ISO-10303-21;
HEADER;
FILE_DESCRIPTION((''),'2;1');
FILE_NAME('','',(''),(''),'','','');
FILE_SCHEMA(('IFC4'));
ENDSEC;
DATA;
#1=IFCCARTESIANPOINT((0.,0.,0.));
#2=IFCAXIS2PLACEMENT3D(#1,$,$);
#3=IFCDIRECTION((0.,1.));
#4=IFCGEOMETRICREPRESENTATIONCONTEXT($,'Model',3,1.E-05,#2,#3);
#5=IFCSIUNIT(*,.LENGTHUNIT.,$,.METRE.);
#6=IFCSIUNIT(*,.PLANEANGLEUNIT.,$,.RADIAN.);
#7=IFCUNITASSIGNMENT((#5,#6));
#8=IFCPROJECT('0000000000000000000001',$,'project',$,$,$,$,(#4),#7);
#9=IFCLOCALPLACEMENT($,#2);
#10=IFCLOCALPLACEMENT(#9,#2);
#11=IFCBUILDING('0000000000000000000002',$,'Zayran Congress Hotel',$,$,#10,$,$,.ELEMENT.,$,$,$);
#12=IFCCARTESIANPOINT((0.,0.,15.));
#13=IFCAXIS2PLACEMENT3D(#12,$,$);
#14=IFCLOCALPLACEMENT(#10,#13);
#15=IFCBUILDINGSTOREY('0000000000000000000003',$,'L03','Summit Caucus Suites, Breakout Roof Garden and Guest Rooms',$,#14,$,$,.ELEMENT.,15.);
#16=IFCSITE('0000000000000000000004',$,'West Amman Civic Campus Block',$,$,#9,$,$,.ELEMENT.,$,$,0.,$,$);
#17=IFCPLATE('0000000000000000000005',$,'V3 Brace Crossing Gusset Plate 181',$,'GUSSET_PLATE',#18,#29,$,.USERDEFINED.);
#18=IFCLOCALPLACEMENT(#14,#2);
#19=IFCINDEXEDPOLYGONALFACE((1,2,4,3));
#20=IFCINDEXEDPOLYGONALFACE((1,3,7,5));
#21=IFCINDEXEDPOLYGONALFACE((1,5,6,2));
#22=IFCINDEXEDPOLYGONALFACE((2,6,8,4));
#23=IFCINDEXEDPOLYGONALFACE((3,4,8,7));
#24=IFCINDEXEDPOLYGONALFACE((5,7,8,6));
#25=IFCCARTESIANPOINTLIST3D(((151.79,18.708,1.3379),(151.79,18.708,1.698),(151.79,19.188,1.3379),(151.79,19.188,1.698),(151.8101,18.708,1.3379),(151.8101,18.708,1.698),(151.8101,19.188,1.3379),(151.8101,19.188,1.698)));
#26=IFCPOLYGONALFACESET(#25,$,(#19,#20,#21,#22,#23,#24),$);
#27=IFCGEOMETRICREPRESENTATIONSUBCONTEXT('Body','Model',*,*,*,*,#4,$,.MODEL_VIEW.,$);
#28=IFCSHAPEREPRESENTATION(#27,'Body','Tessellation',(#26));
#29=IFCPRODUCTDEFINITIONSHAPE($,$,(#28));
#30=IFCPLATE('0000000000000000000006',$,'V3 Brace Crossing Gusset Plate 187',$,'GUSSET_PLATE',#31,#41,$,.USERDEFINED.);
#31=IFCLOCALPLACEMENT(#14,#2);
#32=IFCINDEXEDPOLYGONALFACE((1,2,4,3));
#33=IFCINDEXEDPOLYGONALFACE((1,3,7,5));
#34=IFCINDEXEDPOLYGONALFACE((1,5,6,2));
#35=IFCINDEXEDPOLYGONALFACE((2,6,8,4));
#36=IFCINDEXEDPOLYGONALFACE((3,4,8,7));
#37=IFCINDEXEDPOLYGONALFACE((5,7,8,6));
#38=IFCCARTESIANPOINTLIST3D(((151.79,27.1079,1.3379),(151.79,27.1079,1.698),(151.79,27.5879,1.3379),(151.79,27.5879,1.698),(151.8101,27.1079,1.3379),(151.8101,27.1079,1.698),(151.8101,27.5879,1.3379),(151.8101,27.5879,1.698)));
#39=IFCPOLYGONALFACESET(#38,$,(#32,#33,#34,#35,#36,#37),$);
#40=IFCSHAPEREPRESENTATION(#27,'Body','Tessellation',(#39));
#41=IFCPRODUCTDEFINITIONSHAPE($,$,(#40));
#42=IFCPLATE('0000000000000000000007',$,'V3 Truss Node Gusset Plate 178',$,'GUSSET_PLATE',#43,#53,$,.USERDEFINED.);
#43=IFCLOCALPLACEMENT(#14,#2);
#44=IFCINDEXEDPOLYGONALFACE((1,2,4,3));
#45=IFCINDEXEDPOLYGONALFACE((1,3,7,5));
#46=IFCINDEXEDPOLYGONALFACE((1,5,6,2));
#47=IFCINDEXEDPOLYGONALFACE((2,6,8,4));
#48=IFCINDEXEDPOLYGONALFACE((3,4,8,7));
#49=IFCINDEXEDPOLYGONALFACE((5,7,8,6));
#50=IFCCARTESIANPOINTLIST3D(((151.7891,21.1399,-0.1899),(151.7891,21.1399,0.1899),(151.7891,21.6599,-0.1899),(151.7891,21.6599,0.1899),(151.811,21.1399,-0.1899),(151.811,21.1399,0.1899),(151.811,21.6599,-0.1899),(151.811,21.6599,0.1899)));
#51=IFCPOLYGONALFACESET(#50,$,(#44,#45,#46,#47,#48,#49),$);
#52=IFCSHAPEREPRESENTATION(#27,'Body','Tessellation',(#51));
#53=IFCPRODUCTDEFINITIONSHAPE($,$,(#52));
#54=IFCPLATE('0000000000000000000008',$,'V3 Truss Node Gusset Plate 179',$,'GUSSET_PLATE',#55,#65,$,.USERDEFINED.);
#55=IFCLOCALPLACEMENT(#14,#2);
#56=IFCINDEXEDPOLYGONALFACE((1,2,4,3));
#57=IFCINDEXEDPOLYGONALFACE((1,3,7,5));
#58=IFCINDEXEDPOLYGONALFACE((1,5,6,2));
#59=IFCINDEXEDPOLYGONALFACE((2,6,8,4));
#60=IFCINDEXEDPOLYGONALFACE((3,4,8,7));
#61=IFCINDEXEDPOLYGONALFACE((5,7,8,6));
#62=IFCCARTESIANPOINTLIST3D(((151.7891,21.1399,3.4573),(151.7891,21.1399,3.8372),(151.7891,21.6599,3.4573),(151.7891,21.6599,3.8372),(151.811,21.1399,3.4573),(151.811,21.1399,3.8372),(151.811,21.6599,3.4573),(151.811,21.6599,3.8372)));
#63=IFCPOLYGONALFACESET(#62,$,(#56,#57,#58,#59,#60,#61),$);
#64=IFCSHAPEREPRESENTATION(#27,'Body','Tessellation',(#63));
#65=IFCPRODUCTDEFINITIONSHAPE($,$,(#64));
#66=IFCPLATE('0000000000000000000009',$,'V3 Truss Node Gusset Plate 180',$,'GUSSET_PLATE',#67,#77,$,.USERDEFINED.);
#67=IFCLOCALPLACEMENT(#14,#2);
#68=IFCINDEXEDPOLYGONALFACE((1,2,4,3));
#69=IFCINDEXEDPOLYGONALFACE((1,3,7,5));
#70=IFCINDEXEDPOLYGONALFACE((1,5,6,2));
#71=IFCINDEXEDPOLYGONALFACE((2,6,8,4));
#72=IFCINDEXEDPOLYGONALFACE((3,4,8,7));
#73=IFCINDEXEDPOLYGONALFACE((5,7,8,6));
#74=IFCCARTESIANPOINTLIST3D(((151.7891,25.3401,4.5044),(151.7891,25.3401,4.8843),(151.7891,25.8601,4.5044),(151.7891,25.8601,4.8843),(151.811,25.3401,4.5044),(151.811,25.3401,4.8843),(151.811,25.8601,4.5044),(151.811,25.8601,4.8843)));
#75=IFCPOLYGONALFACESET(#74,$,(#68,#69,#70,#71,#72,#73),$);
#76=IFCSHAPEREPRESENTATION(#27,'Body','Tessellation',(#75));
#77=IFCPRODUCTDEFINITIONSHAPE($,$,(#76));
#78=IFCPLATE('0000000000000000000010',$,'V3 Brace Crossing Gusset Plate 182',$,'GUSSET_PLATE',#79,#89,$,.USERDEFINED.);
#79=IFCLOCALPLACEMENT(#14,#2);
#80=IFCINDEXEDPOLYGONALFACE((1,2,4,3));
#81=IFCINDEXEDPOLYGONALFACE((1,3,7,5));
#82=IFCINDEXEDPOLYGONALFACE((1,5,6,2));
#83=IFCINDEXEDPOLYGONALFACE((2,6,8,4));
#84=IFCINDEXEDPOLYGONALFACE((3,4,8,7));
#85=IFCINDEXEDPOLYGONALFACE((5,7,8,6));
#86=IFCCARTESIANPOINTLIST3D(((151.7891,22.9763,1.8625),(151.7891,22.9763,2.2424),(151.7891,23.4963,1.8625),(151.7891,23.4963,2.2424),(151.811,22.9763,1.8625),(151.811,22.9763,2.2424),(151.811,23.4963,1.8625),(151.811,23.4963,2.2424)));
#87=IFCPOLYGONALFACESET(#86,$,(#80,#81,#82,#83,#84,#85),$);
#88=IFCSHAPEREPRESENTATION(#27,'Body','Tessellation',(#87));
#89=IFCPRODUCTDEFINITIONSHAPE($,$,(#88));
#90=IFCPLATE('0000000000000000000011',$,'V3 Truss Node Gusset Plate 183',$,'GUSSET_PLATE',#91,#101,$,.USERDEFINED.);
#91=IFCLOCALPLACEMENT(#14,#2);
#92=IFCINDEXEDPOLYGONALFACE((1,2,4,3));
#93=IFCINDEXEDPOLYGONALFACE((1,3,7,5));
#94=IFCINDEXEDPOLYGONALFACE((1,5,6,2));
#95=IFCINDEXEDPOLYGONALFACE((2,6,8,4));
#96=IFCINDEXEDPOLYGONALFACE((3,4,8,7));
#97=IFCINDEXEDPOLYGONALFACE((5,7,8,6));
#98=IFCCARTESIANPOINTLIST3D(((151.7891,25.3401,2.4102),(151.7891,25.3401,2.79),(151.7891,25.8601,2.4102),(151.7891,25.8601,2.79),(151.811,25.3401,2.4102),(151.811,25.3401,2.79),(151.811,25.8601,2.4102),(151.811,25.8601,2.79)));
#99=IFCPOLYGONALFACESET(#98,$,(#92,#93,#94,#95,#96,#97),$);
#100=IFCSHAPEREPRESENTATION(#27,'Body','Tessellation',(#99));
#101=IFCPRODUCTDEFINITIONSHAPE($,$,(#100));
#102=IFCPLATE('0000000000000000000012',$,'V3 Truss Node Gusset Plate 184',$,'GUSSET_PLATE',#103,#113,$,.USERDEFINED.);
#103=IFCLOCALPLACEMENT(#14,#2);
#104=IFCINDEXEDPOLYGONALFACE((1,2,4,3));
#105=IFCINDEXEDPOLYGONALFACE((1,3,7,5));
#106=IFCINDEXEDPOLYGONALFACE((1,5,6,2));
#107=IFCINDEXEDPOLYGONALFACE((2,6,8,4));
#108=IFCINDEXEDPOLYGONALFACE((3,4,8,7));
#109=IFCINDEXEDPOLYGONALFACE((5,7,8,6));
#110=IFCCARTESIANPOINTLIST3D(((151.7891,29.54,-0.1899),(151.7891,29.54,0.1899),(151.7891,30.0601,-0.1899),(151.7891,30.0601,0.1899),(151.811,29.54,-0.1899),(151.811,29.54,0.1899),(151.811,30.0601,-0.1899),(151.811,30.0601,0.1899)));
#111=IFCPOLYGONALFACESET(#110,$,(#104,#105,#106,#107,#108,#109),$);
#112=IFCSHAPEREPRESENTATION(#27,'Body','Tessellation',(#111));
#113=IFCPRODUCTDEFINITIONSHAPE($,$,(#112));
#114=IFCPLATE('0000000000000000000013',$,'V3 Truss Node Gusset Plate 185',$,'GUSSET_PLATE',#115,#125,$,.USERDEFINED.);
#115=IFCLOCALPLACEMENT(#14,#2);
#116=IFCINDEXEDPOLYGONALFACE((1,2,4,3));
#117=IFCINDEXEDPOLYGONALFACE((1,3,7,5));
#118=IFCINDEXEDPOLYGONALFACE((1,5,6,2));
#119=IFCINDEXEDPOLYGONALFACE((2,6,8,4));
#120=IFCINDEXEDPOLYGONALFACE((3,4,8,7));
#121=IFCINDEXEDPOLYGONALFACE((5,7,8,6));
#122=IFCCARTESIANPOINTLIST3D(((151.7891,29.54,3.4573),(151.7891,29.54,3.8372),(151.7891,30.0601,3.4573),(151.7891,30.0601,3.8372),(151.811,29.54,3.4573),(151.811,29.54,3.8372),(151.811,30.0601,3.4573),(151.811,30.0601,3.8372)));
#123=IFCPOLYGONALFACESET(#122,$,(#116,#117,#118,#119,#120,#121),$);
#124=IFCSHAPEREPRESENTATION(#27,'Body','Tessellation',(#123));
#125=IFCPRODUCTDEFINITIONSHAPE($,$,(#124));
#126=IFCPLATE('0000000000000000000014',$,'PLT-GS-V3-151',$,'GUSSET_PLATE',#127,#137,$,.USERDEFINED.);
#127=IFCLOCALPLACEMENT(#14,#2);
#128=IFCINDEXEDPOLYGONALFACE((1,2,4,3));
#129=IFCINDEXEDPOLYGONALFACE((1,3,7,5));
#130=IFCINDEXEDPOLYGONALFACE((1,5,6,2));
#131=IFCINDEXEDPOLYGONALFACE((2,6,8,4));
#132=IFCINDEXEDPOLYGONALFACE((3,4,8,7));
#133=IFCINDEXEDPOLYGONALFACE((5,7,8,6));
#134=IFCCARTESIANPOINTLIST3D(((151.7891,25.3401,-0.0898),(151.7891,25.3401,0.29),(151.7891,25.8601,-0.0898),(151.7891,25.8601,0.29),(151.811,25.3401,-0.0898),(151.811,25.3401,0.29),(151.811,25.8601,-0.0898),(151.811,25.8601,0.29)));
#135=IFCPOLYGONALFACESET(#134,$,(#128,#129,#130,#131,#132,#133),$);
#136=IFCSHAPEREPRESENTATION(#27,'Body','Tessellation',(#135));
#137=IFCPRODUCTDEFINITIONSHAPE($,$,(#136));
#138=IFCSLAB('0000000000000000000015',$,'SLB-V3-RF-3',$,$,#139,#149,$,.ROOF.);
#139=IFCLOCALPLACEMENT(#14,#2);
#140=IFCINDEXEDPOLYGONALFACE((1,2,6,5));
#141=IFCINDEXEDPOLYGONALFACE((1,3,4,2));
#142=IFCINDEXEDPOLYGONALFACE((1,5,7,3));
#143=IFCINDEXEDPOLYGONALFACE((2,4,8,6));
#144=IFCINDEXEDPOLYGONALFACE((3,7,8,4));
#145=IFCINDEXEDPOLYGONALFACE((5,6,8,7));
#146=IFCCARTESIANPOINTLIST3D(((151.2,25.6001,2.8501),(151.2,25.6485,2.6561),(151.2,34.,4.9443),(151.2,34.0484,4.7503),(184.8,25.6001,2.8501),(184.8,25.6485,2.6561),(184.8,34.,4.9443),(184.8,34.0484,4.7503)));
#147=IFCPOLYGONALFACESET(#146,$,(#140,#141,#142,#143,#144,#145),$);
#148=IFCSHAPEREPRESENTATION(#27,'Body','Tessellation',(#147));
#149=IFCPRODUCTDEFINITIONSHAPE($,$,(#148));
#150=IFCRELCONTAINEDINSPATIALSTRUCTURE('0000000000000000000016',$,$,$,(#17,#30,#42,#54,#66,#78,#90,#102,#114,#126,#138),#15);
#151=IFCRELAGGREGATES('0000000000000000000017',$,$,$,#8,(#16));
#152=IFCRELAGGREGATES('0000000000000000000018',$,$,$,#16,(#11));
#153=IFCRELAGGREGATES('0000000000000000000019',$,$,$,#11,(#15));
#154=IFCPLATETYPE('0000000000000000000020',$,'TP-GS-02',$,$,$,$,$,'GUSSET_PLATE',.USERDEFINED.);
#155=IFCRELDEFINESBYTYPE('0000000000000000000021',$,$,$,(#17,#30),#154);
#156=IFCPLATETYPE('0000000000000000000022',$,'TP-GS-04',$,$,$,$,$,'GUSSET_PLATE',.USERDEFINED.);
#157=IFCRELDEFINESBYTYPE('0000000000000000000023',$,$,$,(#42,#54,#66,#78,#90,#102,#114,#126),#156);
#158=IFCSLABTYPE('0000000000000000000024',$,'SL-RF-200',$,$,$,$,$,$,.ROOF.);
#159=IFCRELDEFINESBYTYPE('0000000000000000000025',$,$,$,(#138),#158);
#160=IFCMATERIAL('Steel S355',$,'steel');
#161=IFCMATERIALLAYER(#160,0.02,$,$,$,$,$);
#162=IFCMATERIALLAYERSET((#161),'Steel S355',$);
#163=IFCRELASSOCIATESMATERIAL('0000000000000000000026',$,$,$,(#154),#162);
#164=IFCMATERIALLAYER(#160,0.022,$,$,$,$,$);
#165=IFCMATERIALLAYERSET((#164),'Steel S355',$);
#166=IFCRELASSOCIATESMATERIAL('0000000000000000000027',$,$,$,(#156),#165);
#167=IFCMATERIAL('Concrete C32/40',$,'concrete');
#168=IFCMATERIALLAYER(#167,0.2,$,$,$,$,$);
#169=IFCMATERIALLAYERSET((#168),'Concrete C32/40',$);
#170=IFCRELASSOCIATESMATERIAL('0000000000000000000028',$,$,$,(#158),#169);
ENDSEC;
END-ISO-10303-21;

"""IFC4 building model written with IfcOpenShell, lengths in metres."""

from ifc_helpers import new_model, si_unit, direction, frame, origin, origin_2d, place, context, subcontext, project, spatial, polyline, rectangle, outline, extrude, material, layer, layer_set, type_object, element, save


model = new_model("IFC4")

# Units and contexts
model_context = context("Model", 3, precision=1e-05, world=origin(), true_north=direction((0.0, 1.0)))
body_context = subcontext(model_context, "Body", "Model", "MODEL_VIEW")
ifc_project = project(units=[si_unit("LENGTHUNIT", "METRE"), si_unit("PLANEANGLEUNIT", "RADIAN")], contexts=[model_context])

# Site, building, storey
site_placement = place(None, origin())
site = spatial("IfcSite", under=ifc_project, at=site_placement, Name="West Amman Civic Campus Block", CompositionType="ELEMENT", RefElevation=0.0)
building_placement = place(site_placement, origin())
building = spatial("IfcBuilding", under=site, at=building_placement, Name="Zayran Congress Hotel", CompositionType="ELEMENT")
storey_placement = place(building_placement, frame((0.0, 0.0, 15.0)))
storey = spatial("IfcBuildingStorey", under=building, at=storey_placement, Name="L03", Description="Summit Caucus Suites, Breakout Roof Garden and Guest Rooms", CompositionType="ELEMENT", Elevation=15.0)

# Shared definitions
ifc_material_1 = material(Name="Steel S355", Category="steel")

# Plates
ifc_layer_1 = layer(ifc_material_1, 0.02)
ifc_layer_set_1 = layer_set([ifc_layer_1], Name="Steel S355")
plate_type_1 = type_object("IfcPlateType", Name="TP-GS-02", ElementType="GUSSET_PLATE", PredefinedType="USERDEFINED", material=ifc_layer_set_1)
for number, where, z_axis, x_axis, name in (
    (1, (151.8, 18.948, 1.3379), (0.0, 0.0, 1.0), (0.0, 1.0, 0.0), "V3 Brace Crossing Gusset Plate 181"),
    (2, (151.8, 27.3479, 1.3379), (0.0, 0.0, 1.0), (0.0, 1.0, 0.0), "V3 Brace Crossing Gusset Plate 187"),
):
    element("IfcPlate", number, at=place(storey_placement, frame(where, z_axis=z_axis, x_axis=x_axis)), inside=storey, type_object=plate_type_1, Name=name, ObjectType="GUSSET_PLATE", PredefinedType="USERDEFINED", context=body_context, shape_type="SweptSolid", body=[
        extrude(rectangle(XDim=0.48, YDim=0.02, at=origin_2d()), origin(), (0.0, 0.0, 1.0), 0.3601),
    ])
ifc_layer_2 = layer(ifc_material_1, 0.022)
ifc_layer_set_2 = layer_set([ifc_layer_2], Name="Steel S355")
plate_type_2 = type_object("IfcPlateType", Name="TP-GS-04", ElementType="GUSSET_PLATE", PredefinedType="USERDEFINED", material=ifc_layer_set_2)
for number, where, z_axis, x_axis, name in (
    (3, (151.8, 21.3999, -0.1899), (0.0, 0.0, 1.0), (0.0, 1.0, 0.0), "V3 Truss Node Gusset Plate 178"),
    (4, (151.8, 21.3999, 3.4573), (0.0, 0.0, 1.0), (0.0, 1.0, 0.0), "V3 Truss Node Gusset Plate 179"),
    (5, (151.8, 25.6001, 4.5044), (0.0, 0.0, 1.0), (0.0, 1.0, 0.0), "V3 Truss Node Gusset Plate 180"),
    (6, (151.8, 23.2363, 1.8625), (0.0, 0.0, 1.0), (0.0, 1.0, 0.0), "V3 Brace Crossing Gusset Plate 182"),
    (7, (151.8, 25.6001, 2.4102), (0.0, 0.0, 1.0), (0.0, 1.0, 0.0), "V3 Truss Node Gusset Plate 183"),
    (8, (151.8, 29.8, -0.1899), (0.0, 0.0, 1.0), (0.0, 1.0, 0.0), "V3 Truss Node Gusset Plate 184"),
    (9, (151.8, 29.8, 3.4573), (0.0, 0.0, 1.0), (0.0, 1.0, 0.0), "V3 Truss Node Gusset Plate 185"),
    (10, (151.8, 25.6001, -0.0898), (0.0, 0.0, 1.0), (0.0, 1.0, 0.0), "PLT-GS-V3-151"),
):
    element("IfcPlate", number, at=place(storey_placement, frame(where, z_axis=z_axis, x_axis=x_axis)), inside=storey, type_object=plate_type_2, Name=name, ObjectType="GUSSET_PLATE", PredefinedType="USERDEFINED", context=body_context, shape_type="SweptSolid", body=[
        extrude(rectangle(XDim=0.52, YDim=0.022, at=origin_2d()), origin(), (0.0, 0.0, 1.0), 0.3799),
    ])

# Slab
ifc_material_2 = material(Name="Concrete C32/40", Category="concrete")
ifc_layer_3 = layer(ifc_material_2, 0.2)
ifc_layer_set_3 = layer_set([ifc_layer_3], Name="Concrete C32/40")
slab_type = type_object("IfcSlabType", Name="SL-RF-200", PredefinedType="ROOF", material=ifc_layer_set_3)
slab_placement = place(storey_placement, frame((151.2, 25.6001, 2.8501), z_axis=(0.0, -0.241912, 0.970298), x_axis=(1.0, 0.0, 0.0)))
element("IfcSlab", 11, at=slab_placement, inside=storey, type_object=slab_type, Name="SLB-V3-RF-3", PredefinedType="ROOF", context=body_context, shape_type="SweptSolid", body=[
    extrude(outline(polyline([(0.0, 0.0), (33.6001, 0.0), (33.6001, 8.657), (0.0, 8.657), (0.0, 0.0)])), origin(), (0.0, 0.0, -1.0), 0.2),
])

save(model, "model.ifc")
